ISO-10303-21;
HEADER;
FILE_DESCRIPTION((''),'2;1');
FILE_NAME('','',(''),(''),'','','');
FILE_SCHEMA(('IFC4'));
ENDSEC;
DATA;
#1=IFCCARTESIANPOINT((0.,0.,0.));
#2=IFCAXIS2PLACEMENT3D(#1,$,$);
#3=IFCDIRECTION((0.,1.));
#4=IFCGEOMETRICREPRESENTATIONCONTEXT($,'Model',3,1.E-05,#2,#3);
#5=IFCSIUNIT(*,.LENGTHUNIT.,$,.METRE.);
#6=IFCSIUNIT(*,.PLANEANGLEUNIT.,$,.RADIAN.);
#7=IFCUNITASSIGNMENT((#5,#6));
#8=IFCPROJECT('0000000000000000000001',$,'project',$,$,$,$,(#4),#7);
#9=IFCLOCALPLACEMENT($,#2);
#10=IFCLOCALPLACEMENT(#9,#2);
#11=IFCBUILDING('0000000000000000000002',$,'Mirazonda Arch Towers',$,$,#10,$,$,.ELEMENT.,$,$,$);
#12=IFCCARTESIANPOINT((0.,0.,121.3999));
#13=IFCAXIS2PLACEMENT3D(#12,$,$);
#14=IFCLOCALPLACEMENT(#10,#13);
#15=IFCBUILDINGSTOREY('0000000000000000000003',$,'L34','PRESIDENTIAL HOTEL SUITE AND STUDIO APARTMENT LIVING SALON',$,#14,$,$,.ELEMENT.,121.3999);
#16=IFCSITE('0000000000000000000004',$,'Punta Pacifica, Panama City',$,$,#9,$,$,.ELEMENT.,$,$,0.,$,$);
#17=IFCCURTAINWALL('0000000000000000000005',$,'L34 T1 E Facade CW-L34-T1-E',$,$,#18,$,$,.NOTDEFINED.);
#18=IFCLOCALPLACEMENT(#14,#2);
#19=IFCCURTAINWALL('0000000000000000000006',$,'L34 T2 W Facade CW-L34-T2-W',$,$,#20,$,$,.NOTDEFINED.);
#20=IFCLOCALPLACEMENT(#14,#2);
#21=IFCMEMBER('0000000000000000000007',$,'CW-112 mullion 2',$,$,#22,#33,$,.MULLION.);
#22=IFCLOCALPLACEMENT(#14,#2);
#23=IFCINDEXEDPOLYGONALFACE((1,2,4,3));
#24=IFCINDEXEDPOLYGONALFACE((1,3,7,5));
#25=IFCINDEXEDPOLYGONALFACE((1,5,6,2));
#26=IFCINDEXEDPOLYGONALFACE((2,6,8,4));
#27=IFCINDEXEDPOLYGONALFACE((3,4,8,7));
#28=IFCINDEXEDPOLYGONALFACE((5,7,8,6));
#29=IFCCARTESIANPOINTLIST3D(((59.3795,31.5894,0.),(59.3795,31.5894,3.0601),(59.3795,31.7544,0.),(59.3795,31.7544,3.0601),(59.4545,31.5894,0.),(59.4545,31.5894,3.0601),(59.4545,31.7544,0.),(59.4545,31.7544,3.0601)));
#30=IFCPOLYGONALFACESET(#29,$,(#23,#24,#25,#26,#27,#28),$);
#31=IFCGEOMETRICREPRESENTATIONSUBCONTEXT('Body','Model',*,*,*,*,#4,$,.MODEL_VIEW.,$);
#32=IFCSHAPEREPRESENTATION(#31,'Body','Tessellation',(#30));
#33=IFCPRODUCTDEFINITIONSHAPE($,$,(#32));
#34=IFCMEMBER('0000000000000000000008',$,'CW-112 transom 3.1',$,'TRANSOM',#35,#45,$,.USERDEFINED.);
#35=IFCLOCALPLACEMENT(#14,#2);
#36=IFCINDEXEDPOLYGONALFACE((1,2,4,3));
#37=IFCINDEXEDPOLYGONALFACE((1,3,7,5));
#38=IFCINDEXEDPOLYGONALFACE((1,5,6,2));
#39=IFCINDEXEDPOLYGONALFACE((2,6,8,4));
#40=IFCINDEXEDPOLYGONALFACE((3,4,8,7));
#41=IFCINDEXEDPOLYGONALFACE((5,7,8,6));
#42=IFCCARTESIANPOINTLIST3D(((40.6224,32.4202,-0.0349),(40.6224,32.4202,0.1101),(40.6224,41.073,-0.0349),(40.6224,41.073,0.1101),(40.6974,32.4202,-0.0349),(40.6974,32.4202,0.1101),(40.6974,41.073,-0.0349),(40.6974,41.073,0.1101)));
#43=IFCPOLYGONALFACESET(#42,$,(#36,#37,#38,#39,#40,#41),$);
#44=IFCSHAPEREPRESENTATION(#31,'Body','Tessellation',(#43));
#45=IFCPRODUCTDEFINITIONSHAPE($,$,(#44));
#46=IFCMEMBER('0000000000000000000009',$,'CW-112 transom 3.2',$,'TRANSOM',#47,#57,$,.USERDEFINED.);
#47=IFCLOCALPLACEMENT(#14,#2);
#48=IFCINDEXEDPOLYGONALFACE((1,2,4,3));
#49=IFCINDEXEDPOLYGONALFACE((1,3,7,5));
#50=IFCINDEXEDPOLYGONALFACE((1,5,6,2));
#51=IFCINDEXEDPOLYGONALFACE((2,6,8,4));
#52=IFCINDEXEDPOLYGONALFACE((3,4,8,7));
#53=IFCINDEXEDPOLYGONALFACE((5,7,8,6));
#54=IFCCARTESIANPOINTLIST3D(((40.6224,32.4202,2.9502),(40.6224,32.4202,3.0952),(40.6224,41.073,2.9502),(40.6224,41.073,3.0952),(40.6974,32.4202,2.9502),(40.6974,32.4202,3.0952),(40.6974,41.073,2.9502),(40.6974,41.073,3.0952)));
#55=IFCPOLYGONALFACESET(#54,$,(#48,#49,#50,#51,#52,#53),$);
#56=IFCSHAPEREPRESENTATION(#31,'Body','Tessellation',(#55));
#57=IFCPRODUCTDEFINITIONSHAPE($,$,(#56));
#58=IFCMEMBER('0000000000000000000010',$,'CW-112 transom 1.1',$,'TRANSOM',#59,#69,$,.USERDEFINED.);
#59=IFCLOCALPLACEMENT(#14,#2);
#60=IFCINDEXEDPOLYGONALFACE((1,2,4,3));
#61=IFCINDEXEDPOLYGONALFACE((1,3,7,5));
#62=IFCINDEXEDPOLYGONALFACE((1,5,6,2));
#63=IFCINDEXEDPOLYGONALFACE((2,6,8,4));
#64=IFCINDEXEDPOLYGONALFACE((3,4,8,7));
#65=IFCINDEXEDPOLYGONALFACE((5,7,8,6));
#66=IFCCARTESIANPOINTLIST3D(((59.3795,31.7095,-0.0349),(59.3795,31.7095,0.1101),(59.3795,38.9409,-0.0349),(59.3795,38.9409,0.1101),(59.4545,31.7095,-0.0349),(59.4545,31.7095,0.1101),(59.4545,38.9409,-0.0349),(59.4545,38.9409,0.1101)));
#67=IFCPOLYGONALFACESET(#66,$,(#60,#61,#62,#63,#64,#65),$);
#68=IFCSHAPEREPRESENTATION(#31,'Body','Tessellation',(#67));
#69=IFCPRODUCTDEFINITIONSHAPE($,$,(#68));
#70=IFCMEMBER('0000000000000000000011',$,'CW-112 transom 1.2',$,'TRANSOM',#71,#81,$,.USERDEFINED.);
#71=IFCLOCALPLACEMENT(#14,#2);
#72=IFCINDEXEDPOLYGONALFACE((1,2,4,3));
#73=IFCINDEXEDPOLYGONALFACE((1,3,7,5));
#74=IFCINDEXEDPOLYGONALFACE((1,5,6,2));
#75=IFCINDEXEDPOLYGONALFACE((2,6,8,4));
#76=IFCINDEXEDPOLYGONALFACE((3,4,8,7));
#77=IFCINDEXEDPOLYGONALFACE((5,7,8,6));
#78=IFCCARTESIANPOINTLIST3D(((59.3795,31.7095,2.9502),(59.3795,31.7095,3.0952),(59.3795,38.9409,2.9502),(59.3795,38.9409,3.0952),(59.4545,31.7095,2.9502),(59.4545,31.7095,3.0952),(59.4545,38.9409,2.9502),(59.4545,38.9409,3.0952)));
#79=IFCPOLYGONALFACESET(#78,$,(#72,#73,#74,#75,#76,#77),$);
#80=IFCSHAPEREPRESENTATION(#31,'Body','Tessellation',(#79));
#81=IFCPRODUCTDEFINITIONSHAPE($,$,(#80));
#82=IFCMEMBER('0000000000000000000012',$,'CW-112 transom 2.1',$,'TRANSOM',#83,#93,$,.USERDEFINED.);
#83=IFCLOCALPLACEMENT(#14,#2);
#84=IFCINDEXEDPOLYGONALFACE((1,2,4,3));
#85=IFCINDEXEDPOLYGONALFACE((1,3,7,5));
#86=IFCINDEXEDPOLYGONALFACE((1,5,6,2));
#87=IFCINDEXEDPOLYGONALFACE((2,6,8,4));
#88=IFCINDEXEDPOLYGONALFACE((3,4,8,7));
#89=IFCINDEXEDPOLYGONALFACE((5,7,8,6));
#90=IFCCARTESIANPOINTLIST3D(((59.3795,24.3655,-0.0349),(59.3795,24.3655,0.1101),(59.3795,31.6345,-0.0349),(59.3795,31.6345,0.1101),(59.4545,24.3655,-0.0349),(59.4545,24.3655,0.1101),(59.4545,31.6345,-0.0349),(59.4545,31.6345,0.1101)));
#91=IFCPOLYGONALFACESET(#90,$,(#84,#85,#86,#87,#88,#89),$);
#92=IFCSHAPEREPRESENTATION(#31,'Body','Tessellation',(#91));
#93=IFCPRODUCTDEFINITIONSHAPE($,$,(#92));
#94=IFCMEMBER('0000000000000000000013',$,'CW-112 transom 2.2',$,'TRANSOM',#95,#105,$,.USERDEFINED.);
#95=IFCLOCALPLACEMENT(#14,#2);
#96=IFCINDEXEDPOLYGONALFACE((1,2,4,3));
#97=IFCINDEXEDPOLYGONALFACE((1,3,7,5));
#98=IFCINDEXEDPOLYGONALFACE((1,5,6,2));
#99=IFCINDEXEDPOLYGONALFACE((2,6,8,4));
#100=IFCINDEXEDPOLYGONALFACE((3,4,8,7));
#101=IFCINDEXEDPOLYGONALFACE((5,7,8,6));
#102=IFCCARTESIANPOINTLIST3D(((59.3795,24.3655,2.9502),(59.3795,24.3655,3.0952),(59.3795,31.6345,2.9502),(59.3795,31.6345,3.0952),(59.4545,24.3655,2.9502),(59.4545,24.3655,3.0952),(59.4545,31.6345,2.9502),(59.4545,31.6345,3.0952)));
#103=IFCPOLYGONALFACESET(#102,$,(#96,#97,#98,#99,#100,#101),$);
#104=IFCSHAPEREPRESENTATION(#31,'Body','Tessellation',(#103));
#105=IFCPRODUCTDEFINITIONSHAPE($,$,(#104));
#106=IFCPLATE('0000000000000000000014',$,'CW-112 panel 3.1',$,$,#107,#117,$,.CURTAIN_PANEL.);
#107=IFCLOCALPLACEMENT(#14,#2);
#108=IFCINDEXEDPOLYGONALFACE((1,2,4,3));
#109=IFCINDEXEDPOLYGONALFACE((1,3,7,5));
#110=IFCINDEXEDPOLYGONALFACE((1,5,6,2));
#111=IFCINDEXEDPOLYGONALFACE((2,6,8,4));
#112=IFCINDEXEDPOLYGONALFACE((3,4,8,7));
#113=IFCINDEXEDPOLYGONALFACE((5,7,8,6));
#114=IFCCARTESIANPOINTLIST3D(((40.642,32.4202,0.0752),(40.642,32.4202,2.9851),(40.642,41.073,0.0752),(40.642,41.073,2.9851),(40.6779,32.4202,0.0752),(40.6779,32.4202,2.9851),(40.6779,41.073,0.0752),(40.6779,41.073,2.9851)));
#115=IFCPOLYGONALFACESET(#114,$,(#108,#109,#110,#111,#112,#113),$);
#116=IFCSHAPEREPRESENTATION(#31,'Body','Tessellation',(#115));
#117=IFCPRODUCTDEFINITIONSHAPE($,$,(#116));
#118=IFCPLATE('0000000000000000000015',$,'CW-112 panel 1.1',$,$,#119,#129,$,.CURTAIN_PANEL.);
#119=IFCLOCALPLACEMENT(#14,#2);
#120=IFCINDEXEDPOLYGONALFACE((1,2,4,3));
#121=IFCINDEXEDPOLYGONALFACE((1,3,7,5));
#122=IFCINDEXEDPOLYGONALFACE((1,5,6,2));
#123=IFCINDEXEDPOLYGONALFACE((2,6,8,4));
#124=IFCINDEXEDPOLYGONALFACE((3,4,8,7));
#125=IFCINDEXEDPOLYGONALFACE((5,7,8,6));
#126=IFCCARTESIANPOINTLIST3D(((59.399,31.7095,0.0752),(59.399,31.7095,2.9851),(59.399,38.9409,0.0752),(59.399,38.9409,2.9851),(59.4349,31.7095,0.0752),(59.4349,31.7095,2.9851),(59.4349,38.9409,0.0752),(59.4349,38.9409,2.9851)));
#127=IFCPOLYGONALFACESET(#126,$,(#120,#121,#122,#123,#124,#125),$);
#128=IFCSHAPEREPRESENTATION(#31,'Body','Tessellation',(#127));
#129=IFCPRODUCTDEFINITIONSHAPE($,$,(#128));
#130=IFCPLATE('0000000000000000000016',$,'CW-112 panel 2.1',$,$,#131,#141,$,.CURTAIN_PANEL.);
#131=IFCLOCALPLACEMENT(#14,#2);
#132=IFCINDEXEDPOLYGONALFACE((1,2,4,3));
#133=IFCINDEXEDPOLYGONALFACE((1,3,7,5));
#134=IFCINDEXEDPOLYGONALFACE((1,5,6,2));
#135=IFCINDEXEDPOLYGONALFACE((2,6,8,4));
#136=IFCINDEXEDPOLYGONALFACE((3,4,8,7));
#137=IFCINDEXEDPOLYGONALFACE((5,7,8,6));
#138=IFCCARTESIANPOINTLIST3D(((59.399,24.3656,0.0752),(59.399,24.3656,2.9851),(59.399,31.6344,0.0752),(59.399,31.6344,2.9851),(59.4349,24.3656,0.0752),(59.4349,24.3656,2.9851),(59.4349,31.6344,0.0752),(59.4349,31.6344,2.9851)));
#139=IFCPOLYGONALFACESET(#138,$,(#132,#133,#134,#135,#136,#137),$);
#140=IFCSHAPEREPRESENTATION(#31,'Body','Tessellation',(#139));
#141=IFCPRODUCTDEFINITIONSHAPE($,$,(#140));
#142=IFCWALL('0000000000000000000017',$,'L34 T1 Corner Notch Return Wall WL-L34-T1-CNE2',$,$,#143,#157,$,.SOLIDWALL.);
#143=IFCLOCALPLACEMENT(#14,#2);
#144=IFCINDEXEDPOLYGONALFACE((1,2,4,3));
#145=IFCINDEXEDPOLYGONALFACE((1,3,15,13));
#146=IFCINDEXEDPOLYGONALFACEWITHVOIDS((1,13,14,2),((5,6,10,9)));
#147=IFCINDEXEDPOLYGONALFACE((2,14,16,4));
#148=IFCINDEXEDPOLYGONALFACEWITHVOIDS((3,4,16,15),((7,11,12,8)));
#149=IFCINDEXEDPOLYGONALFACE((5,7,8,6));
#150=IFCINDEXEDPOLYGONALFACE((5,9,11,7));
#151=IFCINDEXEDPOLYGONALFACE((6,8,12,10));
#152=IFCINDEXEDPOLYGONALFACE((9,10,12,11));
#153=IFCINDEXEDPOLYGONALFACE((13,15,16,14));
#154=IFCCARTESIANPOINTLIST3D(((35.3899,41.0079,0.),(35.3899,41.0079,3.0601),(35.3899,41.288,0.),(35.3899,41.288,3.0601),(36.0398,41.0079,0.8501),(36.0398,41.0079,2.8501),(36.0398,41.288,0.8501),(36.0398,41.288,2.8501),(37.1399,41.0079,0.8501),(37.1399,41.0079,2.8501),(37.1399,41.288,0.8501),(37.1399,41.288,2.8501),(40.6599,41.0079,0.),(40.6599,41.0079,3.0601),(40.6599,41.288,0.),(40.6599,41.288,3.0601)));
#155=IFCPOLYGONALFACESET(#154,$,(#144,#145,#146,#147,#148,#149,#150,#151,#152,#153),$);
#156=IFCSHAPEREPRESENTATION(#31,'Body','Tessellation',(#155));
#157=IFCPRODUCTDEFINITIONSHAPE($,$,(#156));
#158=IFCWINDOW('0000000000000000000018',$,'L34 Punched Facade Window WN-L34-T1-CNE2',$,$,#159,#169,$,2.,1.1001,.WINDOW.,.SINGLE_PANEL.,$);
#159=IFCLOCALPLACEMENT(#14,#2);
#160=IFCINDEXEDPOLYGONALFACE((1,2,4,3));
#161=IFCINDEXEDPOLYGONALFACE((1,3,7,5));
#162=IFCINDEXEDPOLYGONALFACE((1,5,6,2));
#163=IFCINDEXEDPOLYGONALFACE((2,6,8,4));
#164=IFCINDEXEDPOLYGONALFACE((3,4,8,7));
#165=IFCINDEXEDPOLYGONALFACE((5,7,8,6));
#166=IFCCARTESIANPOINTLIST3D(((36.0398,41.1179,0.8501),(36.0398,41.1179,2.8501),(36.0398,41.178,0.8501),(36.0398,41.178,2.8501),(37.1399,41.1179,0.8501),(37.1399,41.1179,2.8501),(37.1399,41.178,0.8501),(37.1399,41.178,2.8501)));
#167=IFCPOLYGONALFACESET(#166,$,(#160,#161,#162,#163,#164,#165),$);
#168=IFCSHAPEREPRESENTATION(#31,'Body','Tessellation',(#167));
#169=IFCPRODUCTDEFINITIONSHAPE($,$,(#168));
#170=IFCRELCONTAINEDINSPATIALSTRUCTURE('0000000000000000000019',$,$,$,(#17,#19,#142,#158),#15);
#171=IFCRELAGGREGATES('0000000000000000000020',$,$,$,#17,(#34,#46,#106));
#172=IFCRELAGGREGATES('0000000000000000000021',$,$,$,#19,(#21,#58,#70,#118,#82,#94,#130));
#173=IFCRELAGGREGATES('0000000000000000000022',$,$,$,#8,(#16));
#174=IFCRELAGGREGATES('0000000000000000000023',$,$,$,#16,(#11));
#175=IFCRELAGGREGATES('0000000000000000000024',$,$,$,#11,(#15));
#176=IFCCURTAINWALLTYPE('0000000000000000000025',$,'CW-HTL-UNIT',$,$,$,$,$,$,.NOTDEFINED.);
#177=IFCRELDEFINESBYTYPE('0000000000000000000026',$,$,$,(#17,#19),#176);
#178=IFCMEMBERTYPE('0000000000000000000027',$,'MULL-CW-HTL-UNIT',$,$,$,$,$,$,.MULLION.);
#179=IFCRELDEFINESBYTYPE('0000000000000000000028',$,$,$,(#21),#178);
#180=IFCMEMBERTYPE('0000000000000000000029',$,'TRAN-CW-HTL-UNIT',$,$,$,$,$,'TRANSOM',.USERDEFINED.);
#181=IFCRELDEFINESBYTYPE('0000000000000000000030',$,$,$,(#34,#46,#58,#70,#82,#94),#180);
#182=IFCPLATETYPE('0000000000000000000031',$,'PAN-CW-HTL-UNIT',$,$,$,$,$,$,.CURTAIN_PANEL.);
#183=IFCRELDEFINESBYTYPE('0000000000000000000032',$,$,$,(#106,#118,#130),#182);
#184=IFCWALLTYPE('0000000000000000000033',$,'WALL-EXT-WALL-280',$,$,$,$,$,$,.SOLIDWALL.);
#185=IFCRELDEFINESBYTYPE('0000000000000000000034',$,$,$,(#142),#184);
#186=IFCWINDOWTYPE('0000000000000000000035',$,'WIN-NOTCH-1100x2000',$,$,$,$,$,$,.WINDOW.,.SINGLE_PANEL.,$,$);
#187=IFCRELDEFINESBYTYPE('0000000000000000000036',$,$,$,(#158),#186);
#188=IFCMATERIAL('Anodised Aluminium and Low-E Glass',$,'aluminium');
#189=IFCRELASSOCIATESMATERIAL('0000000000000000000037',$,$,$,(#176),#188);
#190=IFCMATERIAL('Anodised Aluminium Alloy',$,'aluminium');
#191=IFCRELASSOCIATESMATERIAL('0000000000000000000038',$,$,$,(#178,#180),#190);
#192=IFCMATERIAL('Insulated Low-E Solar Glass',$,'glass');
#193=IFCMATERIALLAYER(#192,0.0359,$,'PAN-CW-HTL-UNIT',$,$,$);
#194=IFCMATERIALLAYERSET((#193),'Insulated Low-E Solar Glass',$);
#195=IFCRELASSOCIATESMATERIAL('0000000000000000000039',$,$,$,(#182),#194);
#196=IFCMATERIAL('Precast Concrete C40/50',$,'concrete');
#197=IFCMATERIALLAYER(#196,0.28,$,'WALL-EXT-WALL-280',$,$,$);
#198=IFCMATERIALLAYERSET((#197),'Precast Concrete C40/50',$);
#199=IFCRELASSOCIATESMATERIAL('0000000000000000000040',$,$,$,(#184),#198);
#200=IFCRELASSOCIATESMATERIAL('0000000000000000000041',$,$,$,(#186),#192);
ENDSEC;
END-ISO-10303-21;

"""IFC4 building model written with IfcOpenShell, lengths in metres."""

from ifc_helpers import new_model, si_unit, direction, frame, frame_2d, origin, origin_2d, place, context, subcontext, project, spatial, rectangle, extrude, material, layer, layer_set, material_profile, profile_set, type_object, element, fill, aggregate, save


model = new_model("IFC4")

# Units and contexts
model_context = context("Model", 3, precision=1e-05, world=origin(), true_north=direction((0.0, 1.0)))
body_context = subcontext(model_context, "Body", "Model", "MODEL_VIEW")
ifc_project = project(units=[si_unit("LENGTHUNIT", "METRE"), si_unit("PLANEANGLEUNIT", "RADIAN")], contexts=[model_context])

# Site, building, storey
site_placement = place(None, origin())
site = spatial("IfcSite", under=ifc_project, at=site_placement, Name="Punta Pacifica, Panama City", CompositionType="ELEMENT", RefElevation=0.0)
building_placement = place(site_placement, origin())
building = spatial("IfcBuilding", under=site, at=building_placement, Name="Mirazonda Arch Towers", CompositionType="ELEMENT")
storey_placement = place(building_placement, frame((0.0, 0.0, 121.3999)))
storey = spatial("IfcBuildingStorey", under=building, at=storey_placement, Name="L34", Description="PRESIDENTIAL HOTEL SUITE AND STUDIO APARTMENT LIVING SALON", CompositionType="ELEMENT", Elevation=121.3999)

# Curtain walls, member
ifc_material_1 = material(Name="Anodised Aluminium and Low-E Glass", Category="aluminium")
curtain_wall_type = type_object("IfcCurtainWallType", Name="CW-HTL-UNIT", PredefinedType="NOTDEFINED", material=ifc_material_1)
curtain_wall_1_placement = place(storey_placement, origin())
curtain_wall_1 = element("IfcCurtainWall", 1, at=curtain_wall_1_placement, inside=storey, type_object=curtain_wall_type, Name="L34 T1 E Facade CW-L34-T1-E", PredefinedType="NOTDEFINED")
ifc_material_2 = material(Name="Anodised Aluminium Alloy", Category="aluminium")
ifc_material_profile_1 = material_profile(ifc_material_2, rectangle(XDim=0.075, YDim=0.165, at=origin_2d()), Name="ALU-MULL-75x165")
ifc_profile_set_1 = profile_set([ifc_material_profile_1], Name="Anodised Aluminium Alloy")
member_type_1 = type_object("IfcMemberType", Name="MULL-CW-HTL-UNIT", PredefinedType="MULLION", material=ifc_profile_set_1)
curtain_wall_2_placement = place(storey_placement, origin())
curtain_wall_2 = element("IfcCurtainWall", 2, at=curtain_wall_2_placement, inside=storey, type_object=curtain_wall_type, Name="L34 T2 W Facade CW-L34-T2-W", PredefinedType="NOTDEFINED")
member_1_placement = place(storey_placement, frame((59.417, 31.6719, 0.0), z_axis=(0.0, 0.0, 1.0), x_axis=(1.0, 0.0, 0.0)))
member_1 = element("IfcMember", 3, at=member_1_placement, type_object=member_type_1, Name="CW-112 mullion 2", PredefinedType="MULLION", context=body_context, shape_type="SweptSolid", body=[
    extrude(rectangle(XDim=0.075, YDim=0.165, at=origin_2d()), origin(), (0.0, 0.0, 1.0), 3.0601),
])

# Members
ifc_material_profile_2 = material_profile(ifc_material_2, rectangle(XDim=0.075, YDim=0.145, at=origin_2d()), Name="ALU-TRAN-75x145")
ifc_profile_set_2 = profile_set([ifc_material_profile_2], Name="Anodised Aluminium Alloy")
member_type_2 = type_object("IfcMemberType", Name="TRAN-CW-HTL-UNIT", ElementType="TRANSOM", PredefinedType="USERDEFINED", material=ifc_profile_set_2)
member_2_placement = place(storey_placement, frame((40.6599, 32.4202, 0.0376), z_axis=(0.0, 1.0, 0.0), x_axis=(-1.0, 0.0, 0.0)))
member_2 = element("IfcMember", 4, at=member_2_placement, type_object=member_type_2, Name="CW-112 transom 3.1", ObjectType="TRANSOM", PredefinedType="USERDEFINED", context=body_context, shape_type="SweptSolid", body=[
    extrude(rectangle(XDim=0.075, YDim=0.145, at=origin_2d()), origin(), (0.0, 0.0, 1.0), 8.6528),
])
member_3_placement = place(storey_placement, frame((40.6599, 32.4202, 3.0227), z_axis=(0.0, 1.0, 0.0), x_axis=(-1.0, 0.0, 0.0)))
member_3 = element("IfcMember", 5, at=member_3_placement, type_object=member_type_2, Name="CW-112 transom 3.2", ObjectType="TRANSOM", PredefinedType="USERDEFINED", context=body_context, shape_type="SweptSolid", body=[
    extrude(rectangle(XDim=0.075, YDim=0.145, at=origin_2d()), origin(), (0.0, 0.0, 1.0), 8.6528),
])
member_4_placement = place(storey_placement, frame((59.417, 38.9409, 0.0376), z_axis=(0.0, -1.0, 0.0), x_axis=(1.0, 0.0, 0.0)))
member_4 = element("IfcMember", 6, at=member_4_placement, type_object=member_type_2, Name="CW-112 transom 1.1", ObjectType="TRANSOM", PredefinedType="USERDEFINED", context=body_context, shape_type="SweptSolid", body=[
    extrude(rectangle(XDim=0.075, YDim=0.145, at=origin_2d()), origin(), (0.0, 0.0, 1.0), 7.2314),
])
member_5_placement = place(storey_placement, frame((59.417, 38.9409, 3.0227), z_axis=(0.0, -1.0, 0.0), x_axis=(1.0, 0.0, 0.0)))
member_5 = element("IfcMember", 7, at=member_5_placement, type_object=member_type_2, Name="CW-112 transom 1.2", ObjectType="TRANSOM", PredefinedType="USERDEFINED", context=body_context, shape_type="SweptSolid", body=[
    extrude(rectangle(XDim=0.075, YDim=0.145, at=origin_2d()), origin(), (0.0, 0.0, 1.0), 7.2314),
])
member_6_placement = place(storey_placement, frame((59.417, 31.6345, 0.0376), z_axis=(0.0, -1.0, 0.0), x_axis=(1.0, 0.0, 0.0)))
member_6 = element("IfcMember", 8, at=member_6_placement, type_object=member_type_2, Name="CW-112 transom 2.1", ObjectType="TRANSOM", PredefinedType="USERDEFINED", context=body_context, shape_type="SweptSolid", body=[
    extrude(rectangle(XDim=0.075, YDim=0.145, at=origin_2d()), origin(), (0.0, 0.0, 1.0), 7.269),
])
member_7_placement = place(storey_placement, frame((59.417, 31.6345, 3.0227), z_axis=(0.0, -1.0, 0.0), x_axis=(1.0, 0.0, 0.0)))
member_7 = element("IfcMember", 9, at=member_7_placement, type_object=member_type_2, Name="CW-112 transom 2.2", ObjectType="TRANSOM", PredefinedType="USERDEFINED", context=body_context, shape_type="SweptSolid", body=[
    extrude(rectangle(XDim=0.075, YDim=0.145, at=origin_2d()), origin(), (0.0, 0.0, 1.0), 7.269),
])

# Plates
ifc_material_3 = material(Name="Insulated Low-E Solar Glass", Category="glass")
ifc_layer_1 = layer(ifc_material_3, 0.0359, Name="PAN-CW-HTL-UNIT")
ifc_layer_set_1 = layer_set([ifc_layer_1], Name="Insulated Low-E Solar Glass")
plate_type = type_object("IfcPlateType", Name="PAN-CW-HTL-UNIT", PredefinedType="CURTAIN_PANEL", material=ifc_layer_set_1)
plate_1_placement = place(storey_placement, frame((40.6599, 36.7466, 0.0752), z_axis=(0.0, 0.0, 1.0), x_axis=(0.0, 1.0, 0.0)))
plate_1 = element("IfcPlate", 10, at=plate_1_placement, type_object=plate_type, Name="CW-112 panel 3.1", PredefinedType="CURTAIN_PANEL", context=body_context, shape_type="SweptSolid", body=[
    extrude(rectangle(XDim=8.6528, YDim=0.0359, at=origin_2d()), origin(), (0.0, 0.0, 1.0), 2.9099),
])
aggregate(curtain_wall_1, [member_2, member_3, plate_1])
plate_2_placement = place(storey_placement, frame((59.417, 35.3252, 0.0752), z_axis=(0.0, 0.0, 1.0), x_axis=(0.0, -1.0, 0.0)))
plate_2 = element("IfcPlate", 11, at=plate_2_placement, type_object=plate_type, Name="CW-112 panel 1.1", PredefinedType="CURTAIN_PANEL", context=body_context, shape_type="SweptSolid", body=[
    extrude(rectangle(XDim=7.2314, YDim=0.0359, at=origin_2d()), origin(), (0.0, 0.0, 1.0), 2.9099),
])
plate_3_placement = place(storey_placement, frame((59.417, 28.0, 0.0752), z_axis=(0.0, 0.0, 1.0), x_axis=(0.0, -1.0, 0.0)))
plate_3 = element("IfcPlate", 12, at=plate_3_placement, type_object=plate_type, Name="CW-112 panel 2.1", PredefinedType="CURTAIN_PANEL", context=body_context, shape_type="SweptSolid", body=[
    extrude(rectangle(XDim=7.2688, YDim=0.0359, at=origin_2d()), origin(), (0.0, 0.0, 1.0), 2.9099),
])
aggregate(curtain_wall_2, [member_1, member_4, member_5, plate_2, member_6, member_7, plate_3])

# Wall, opening, window
ifc_material_4 = material(Name="Precast Concrete C40/50", Category="concrete")
ifc_layer_2 = layer(ifc_material_4, 0.28, Name="WALL-EXT-WALL-280")
ifc_layer_set_2 = layer_set([ifc_layer_2], Name="Precast Concrete C40/50")
wall_type_1 = type_object("IfcWallType", Name="WALL-EXT-WALL-280", PredefinedType="SOLIDWALL", material=ifc_layer_set_2)
wall_1_placement = place(storey_placement, frame((40.6599, 41.1479, 0.0), z_axis=(0.0, 0.0, 1.0), x_axis=(-1.0, 0.0, 0.0)))
wall_1 = element("IfcWall", 13, at=wall_1_placement, inside=storey, type_object=wall_type_1, Name="L34 T1 Corner Notch Return Wall WL-L34-T1-CNE2", PredefinedType="SOLIDWALL", context=body_context, shape_type="SweptSolid", body=[
    extrude(rectangle(XDim=5.27, YDim=0.28, at=frame_2d((2.635, 0.0))), origin(), (0.0, 0.0, 1.0), 3.0601),
])
opening_1_placement = place(wall_1_placement, frame((3.52, 0.0, 0.8501)))
opening_1 = element("IfcOpeningElement", 14, at=opening_1_placement, cuts=wall_1, PredefinedType="OPENING", context=body_context, shape_type="SweptSolid", body=[
    extrude(rectangle(XDim=1.1001, YDim=2.0, at=frame_2d((0.55, 1.0))), frame((0.0, 0.1499, 0.0), z_axis=(0.0, -1.0, 0.0), x_axis=(1.0, 0.0, 0.0)), (0.0, 0.0, 1.0), 0.3),
])
window_type = type_object("IfcWindowType", Name="WIN-NOTCH-1100x2000", PartitioningType="SINGLE_PANEL", PredefinedType="WINDOW", material=ifc_material_3)
window_1_placement = place(opening_1_placement, origin())
window_1 = element("IfcWindow", 15, at=window_1_placement, inside=storey, type_object=window_type, Name="L34 Punched Facade Window WN-L34-T1-CNE2", OverallHeight=2.0, OverallWidth=1.1001, PartitioningType="SINGLE_PANEL", PredefinedType="WINDOW", context=body_context, shape_type="SweptSolid", body=[
    extrude(rectangle(XDim=1.1001, YDim=2.0, at=frame_2d((0.55, 1.0))), frame((0.0, 0.03, 0.0), z_axis=(0.0, -1.0, 0.0), x_axis=(1.0, 0.0, 0.0)), (0.0, 0.0, 1.0), 0.0601),
])
fill(opening_1, window_1)

save(model, "model.ifc")
